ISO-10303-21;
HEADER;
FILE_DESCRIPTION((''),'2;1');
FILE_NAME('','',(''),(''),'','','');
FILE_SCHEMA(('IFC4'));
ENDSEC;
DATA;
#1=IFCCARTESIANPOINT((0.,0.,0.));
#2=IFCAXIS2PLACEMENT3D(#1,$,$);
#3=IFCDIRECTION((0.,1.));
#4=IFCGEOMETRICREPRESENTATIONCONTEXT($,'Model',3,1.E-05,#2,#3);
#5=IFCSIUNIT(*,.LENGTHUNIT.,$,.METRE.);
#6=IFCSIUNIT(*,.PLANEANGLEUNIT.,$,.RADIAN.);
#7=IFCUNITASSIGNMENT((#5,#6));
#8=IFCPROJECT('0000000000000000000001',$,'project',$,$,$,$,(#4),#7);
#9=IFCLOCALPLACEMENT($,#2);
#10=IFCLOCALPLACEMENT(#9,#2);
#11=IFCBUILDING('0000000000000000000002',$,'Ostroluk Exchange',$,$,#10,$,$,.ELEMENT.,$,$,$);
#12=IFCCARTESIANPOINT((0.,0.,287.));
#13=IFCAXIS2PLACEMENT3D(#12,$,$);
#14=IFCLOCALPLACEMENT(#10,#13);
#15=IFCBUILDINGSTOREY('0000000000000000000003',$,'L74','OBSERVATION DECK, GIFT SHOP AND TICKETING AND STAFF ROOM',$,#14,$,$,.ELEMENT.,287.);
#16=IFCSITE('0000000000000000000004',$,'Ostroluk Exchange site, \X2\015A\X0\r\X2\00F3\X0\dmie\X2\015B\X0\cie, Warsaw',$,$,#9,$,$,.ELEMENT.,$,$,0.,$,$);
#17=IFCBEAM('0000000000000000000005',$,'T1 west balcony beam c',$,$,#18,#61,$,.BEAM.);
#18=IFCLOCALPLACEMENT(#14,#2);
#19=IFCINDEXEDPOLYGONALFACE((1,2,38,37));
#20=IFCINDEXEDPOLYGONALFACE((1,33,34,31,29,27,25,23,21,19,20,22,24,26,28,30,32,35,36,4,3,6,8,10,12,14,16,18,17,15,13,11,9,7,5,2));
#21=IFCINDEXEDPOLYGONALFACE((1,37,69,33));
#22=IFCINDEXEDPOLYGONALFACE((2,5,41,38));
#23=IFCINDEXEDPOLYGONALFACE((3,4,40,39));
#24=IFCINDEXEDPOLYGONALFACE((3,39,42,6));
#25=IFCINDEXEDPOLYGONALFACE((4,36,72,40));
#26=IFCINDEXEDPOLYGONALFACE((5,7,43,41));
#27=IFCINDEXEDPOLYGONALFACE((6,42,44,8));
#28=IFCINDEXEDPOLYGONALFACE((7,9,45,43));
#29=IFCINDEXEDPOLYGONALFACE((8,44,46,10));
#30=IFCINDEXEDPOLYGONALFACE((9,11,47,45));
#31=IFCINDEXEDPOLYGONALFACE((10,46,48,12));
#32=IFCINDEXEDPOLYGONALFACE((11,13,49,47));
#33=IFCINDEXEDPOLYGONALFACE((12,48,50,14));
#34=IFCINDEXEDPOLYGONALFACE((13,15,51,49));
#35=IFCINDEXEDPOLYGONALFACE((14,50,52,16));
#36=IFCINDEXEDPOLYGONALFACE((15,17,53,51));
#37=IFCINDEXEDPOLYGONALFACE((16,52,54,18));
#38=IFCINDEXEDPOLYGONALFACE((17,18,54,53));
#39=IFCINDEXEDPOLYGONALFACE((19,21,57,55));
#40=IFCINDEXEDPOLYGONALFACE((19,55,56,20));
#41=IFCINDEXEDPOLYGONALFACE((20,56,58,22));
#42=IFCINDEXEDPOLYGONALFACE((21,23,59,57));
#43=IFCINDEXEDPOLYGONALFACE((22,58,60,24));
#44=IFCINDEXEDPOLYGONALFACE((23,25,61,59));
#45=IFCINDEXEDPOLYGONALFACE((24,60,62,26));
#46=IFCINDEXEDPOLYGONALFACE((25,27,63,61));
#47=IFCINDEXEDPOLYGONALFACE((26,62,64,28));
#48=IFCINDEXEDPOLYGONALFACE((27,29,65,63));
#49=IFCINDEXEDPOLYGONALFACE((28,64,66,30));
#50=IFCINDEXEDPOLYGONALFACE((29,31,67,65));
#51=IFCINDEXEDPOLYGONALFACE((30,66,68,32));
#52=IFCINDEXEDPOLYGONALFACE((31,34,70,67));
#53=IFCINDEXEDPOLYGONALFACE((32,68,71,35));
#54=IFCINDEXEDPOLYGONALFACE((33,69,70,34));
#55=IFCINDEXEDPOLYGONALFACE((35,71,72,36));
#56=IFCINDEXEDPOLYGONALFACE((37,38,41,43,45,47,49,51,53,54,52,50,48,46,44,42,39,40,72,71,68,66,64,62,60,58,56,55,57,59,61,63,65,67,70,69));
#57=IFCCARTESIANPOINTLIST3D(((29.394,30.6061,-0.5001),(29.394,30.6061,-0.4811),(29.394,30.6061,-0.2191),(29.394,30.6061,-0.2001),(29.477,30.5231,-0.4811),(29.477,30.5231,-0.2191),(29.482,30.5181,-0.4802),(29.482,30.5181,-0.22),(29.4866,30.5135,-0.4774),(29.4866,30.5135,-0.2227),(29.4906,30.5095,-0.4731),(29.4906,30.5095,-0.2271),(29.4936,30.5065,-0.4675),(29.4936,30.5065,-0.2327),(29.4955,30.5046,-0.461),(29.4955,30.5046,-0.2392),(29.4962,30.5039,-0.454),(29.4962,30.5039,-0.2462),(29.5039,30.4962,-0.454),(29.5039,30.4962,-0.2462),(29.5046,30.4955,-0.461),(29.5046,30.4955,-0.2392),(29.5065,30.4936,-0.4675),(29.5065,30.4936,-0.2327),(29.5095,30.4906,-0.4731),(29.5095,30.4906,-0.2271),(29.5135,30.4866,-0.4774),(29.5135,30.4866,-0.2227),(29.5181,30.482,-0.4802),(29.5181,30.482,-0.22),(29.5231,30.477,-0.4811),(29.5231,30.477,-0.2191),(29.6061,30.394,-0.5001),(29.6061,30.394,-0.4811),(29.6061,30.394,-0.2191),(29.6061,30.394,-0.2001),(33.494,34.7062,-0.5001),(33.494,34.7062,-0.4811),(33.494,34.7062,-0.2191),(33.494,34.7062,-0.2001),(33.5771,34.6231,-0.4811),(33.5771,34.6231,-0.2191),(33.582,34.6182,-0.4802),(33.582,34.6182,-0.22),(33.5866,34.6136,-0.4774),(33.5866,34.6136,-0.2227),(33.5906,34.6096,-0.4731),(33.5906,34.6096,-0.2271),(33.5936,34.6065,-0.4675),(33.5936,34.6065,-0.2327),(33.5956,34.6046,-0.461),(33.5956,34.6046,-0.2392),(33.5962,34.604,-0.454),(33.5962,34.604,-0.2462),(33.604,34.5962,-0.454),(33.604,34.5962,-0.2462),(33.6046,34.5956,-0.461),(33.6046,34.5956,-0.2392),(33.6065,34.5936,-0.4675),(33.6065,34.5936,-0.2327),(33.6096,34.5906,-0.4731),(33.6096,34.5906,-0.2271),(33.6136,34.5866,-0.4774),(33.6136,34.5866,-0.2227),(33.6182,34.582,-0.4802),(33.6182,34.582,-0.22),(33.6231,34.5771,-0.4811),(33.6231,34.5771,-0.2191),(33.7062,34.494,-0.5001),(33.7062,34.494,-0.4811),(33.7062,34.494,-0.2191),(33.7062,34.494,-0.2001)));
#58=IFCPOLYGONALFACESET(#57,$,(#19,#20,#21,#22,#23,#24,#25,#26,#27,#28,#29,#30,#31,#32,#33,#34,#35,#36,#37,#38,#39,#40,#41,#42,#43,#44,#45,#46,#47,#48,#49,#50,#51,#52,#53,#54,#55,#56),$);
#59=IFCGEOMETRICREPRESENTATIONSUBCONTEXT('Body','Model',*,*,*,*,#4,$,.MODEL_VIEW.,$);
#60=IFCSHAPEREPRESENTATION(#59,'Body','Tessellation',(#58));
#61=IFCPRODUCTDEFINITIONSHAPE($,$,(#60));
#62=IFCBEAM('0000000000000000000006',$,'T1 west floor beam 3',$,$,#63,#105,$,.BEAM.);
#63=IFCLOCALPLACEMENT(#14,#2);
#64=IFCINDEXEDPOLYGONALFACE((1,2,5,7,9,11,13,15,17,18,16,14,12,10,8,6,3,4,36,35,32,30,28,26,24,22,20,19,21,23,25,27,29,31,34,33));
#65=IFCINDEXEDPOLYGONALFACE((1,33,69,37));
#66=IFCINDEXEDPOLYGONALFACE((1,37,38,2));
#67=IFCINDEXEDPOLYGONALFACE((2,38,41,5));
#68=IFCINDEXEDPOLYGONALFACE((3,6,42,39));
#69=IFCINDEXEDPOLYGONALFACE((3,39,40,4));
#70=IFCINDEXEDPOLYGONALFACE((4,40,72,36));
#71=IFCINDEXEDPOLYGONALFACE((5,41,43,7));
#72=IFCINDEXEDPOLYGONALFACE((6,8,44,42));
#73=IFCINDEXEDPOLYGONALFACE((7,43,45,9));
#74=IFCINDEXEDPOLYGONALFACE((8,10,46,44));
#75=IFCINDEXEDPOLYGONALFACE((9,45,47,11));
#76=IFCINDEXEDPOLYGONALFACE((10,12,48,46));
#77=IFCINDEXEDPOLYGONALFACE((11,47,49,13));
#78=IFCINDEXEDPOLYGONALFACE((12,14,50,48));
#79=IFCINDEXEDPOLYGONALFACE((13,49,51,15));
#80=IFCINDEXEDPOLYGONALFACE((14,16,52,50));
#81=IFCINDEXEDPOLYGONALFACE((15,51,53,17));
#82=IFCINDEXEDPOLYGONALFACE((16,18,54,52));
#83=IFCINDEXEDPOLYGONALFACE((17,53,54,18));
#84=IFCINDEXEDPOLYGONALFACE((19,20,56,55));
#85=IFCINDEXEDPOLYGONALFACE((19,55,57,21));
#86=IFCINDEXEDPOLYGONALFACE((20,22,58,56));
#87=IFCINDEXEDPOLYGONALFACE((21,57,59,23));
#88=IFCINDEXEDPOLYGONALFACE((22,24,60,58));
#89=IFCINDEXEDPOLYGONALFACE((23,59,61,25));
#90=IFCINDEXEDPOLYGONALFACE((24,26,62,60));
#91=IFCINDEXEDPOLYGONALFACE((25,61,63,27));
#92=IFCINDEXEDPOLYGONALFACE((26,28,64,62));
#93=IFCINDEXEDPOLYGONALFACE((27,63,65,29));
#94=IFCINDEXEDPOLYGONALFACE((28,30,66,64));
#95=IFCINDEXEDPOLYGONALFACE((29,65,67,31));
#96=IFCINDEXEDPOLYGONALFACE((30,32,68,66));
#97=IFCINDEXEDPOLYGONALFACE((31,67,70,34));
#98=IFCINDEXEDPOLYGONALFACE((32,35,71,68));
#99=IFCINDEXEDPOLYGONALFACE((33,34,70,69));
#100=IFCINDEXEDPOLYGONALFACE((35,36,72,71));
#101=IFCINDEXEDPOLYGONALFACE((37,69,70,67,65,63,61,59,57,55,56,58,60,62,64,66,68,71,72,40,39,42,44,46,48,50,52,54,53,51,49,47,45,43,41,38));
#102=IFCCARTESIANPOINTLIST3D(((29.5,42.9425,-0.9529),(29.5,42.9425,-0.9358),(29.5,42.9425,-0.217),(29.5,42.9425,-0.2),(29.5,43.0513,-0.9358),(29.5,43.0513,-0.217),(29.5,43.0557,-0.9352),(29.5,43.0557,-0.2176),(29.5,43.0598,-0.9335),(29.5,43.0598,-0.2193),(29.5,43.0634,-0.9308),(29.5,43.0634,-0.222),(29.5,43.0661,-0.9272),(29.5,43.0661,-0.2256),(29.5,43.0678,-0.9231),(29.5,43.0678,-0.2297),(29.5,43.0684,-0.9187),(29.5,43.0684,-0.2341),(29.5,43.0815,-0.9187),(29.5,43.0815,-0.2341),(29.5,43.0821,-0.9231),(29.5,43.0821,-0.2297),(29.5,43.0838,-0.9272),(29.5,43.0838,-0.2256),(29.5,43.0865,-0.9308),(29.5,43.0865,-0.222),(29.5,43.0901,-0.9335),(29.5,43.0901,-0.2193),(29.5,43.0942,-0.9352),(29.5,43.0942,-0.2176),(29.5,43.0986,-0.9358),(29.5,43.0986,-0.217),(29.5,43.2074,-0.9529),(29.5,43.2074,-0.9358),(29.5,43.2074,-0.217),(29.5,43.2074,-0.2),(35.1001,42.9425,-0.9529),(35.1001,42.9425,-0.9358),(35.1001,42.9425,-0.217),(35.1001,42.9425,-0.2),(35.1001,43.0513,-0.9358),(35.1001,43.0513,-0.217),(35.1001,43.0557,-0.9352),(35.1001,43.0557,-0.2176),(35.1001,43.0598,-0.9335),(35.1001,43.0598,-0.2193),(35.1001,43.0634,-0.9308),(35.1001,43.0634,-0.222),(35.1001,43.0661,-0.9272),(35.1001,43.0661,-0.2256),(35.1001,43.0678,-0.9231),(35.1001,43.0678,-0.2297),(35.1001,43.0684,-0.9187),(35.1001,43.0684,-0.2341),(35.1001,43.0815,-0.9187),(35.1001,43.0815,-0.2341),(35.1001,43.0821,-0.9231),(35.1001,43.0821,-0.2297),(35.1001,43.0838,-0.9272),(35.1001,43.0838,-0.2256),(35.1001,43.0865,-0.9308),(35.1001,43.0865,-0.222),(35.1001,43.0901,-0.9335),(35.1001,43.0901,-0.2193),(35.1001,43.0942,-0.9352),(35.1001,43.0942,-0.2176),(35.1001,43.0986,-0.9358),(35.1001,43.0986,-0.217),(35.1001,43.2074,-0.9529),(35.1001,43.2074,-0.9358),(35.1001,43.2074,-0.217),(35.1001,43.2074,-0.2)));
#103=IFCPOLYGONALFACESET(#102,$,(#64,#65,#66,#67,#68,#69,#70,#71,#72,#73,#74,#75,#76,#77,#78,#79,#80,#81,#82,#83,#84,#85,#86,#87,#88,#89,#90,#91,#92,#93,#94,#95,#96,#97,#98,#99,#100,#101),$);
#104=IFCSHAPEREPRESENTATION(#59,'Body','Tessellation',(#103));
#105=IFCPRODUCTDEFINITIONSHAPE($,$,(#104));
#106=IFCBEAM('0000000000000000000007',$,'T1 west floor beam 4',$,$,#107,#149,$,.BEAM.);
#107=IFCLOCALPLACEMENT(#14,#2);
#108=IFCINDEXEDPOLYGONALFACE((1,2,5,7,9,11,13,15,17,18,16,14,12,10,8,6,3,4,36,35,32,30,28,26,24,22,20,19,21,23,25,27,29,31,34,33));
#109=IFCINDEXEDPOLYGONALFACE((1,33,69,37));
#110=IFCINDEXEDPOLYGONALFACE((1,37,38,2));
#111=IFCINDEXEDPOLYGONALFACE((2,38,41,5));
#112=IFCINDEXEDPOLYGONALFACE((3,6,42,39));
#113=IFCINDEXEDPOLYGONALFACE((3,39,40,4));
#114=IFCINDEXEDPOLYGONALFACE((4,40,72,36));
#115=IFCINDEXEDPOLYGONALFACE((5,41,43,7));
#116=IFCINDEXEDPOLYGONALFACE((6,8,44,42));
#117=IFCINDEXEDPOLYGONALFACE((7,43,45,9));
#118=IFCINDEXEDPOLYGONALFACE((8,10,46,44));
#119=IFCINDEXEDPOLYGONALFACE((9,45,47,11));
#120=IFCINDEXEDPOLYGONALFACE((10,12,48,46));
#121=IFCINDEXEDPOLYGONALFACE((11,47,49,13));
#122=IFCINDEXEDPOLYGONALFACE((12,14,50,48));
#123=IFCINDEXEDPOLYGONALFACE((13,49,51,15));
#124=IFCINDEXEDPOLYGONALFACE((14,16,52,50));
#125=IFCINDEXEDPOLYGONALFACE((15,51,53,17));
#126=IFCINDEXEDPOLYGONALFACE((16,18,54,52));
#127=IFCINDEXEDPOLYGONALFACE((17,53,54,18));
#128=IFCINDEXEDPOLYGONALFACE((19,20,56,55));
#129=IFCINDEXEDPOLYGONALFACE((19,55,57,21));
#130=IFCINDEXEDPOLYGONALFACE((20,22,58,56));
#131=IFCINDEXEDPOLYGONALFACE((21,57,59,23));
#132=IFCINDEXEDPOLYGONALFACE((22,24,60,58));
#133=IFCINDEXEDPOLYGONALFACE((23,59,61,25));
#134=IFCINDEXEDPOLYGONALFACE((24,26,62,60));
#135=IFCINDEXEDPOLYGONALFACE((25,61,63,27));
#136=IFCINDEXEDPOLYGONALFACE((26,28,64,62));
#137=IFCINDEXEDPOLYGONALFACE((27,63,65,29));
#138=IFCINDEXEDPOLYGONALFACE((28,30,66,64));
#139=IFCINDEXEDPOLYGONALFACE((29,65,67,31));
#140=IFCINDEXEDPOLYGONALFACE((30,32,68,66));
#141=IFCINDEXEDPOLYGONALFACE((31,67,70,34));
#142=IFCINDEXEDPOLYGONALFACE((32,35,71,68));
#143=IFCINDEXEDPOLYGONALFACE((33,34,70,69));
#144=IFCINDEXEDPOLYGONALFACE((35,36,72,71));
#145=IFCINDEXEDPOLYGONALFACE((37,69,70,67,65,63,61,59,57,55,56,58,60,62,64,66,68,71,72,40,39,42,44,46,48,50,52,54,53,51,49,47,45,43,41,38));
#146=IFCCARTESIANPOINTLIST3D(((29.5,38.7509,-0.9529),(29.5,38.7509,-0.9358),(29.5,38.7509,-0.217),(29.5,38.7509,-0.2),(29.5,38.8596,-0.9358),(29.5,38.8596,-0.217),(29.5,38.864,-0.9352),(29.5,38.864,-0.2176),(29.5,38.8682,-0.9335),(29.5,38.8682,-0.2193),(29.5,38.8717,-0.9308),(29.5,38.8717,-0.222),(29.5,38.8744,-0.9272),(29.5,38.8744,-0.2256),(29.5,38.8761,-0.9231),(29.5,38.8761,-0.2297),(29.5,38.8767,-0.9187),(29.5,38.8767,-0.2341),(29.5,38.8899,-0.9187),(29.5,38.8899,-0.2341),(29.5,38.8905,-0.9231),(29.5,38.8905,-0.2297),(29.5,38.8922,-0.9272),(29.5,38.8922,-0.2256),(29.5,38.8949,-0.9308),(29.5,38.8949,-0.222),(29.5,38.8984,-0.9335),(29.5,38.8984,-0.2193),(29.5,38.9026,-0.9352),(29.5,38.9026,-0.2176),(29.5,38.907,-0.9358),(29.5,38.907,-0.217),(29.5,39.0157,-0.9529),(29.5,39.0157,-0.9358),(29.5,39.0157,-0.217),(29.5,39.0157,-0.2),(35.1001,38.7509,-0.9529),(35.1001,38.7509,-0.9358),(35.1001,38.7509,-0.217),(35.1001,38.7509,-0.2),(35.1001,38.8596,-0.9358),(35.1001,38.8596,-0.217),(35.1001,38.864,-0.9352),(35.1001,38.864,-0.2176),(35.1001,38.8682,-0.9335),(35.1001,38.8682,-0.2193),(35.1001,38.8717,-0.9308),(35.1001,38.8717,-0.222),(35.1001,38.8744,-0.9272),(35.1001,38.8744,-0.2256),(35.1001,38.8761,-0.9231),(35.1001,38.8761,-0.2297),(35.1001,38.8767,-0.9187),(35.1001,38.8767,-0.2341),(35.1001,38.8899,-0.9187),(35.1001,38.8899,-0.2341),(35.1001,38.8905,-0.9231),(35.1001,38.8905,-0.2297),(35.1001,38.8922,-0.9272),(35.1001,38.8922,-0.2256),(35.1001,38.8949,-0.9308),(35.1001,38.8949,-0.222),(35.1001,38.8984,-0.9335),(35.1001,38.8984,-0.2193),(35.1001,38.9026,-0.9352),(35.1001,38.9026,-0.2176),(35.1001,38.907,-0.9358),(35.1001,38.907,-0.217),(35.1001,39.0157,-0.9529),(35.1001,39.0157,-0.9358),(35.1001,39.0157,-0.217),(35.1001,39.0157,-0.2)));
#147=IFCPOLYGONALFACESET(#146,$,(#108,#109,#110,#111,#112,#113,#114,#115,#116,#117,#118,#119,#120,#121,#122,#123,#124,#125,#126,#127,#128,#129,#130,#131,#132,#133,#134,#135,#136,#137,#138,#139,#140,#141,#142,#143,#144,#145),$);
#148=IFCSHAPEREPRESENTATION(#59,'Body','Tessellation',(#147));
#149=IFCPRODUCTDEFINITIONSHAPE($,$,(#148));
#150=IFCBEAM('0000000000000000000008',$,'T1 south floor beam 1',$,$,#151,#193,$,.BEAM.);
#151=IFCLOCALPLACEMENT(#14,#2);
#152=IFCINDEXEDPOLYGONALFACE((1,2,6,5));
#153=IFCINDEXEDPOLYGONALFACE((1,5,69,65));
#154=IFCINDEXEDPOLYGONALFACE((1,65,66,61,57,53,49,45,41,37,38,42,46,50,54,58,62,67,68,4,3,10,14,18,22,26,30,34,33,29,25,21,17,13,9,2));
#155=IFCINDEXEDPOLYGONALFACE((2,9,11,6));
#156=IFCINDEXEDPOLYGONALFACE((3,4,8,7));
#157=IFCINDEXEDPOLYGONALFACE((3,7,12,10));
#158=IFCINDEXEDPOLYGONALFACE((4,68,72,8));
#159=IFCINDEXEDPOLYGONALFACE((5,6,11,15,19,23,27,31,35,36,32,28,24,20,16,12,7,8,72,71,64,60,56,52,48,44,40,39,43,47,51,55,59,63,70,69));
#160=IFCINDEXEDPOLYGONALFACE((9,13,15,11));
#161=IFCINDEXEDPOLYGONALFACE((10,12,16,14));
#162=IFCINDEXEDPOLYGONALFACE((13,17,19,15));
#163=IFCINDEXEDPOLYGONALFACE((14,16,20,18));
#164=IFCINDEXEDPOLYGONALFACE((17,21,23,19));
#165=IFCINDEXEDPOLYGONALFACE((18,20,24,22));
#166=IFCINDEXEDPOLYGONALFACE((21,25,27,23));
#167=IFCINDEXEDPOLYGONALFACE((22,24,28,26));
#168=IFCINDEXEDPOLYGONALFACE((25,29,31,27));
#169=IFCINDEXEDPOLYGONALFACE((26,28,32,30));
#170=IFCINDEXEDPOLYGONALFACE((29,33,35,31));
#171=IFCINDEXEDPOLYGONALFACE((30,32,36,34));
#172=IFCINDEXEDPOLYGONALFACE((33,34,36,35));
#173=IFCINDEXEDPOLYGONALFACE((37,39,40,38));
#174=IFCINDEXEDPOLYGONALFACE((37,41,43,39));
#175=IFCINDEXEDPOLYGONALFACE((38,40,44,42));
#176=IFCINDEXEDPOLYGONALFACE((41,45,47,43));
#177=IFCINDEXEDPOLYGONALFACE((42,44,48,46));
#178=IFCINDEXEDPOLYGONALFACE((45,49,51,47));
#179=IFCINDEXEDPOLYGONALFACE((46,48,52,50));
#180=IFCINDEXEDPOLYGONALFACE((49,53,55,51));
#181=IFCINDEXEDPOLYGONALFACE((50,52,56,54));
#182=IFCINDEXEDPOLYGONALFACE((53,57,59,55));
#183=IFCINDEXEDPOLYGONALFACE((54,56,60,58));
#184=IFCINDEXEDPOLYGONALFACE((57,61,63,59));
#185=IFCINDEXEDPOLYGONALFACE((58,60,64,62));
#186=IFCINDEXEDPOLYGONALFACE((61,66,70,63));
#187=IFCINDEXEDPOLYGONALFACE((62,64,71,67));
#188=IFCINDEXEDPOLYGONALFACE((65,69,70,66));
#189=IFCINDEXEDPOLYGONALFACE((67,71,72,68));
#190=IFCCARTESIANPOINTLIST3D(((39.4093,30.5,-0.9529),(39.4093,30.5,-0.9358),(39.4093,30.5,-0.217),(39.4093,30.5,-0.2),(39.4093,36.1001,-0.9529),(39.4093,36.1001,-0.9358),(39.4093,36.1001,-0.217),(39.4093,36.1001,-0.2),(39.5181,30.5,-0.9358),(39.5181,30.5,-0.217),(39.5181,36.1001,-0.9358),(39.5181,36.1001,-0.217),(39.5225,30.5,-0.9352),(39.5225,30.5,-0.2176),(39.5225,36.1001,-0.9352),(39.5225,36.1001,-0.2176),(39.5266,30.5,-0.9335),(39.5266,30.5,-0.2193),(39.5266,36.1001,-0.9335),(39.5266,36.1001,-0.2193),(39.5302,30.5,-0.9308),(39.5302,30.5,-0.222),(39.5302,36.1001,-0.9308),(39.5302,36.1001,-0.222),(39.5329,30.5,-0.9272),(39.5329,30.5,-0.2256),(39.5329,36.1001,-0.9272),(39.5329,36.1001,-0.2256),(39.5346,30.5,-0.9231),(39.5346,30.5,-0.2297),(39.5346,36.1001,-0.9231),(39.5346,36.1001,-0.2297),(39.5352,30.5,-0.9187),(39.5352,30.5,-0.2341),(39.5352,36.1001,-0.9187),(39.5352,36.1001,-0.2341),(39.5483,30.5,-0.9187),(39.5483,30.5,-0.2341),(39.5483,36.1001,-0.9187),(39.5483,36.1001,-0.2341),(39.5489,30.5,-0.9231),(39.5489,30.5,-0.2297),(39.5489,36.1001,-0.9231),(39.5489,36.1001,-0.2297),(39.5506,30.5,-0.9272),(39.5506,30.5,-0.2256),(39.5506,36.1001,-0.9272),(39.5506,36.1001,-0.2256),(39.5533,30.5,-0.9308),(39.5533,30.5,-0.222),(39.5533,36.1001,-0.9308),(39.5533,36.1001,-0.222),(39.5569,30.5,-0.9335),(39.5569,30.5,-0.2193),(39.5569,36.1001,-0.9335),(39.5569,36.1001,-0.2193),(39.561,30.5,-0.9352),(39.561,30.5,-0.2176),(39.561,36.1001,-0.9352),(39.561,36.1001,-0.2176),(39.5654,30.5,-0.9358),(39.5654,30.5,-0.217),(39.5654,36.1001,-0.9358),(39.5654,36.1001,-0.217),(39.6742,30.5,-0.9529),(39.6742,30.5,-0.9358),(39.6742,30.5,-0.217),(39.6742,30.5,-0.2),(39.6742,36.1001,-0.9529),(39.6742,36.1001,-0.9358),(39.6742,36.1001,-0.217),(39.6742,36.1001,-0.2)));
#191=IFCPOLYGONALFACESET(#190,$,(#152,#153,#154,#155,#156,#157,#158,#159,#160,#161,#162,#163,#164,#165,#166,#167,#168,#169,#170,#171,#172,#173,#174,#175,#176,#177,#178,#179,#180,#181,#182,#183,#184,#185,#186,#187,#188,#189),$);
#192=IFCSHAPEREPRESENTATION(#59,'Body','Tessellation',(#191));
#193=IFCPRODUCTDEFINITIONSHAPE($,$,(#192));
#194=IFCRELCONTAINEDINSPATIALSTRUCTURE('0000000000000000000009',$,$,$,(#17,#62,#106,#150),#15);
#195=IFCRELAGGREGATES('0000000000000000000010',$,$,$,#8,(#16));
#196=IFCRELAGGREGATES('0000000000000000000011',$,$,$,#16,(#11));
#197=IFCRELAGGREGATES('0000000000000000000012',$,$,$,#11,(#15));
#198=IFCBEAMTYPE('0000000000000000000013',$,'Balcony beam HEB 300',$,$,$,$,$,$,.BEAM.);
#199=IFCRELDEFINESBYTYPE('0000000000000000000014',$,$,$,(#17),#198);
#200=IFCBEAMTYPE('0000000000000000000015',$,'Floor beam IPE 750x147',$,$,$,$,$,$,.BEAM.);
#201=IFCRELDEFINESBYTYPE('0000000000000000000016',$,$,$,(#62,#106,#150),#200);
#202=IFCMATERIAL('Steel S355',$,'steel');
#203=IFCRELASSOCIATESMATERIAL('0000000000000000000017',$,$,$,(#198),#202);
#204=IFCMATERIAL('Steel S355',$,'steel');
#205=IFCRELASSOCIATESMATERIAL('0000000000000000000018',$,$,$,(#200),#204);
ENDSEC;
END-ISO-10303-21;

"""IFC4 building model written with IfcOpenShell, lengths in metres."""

from ifc_helpers import new_model, si_unit, direction, frame, origin, origin_2d, place, context, subcontext, project, spatial, i_section, extrude, material, material_profile, profile_set, type_object, element, save


model = new_model("IFC4")

# Units and contexts
model_context = context("Model", 3, precision=1e-05, world=origin(), true_north=direction((0.0, 1.0)))
body_context = subcontext(model_context, "Body", "Model", "MODEL_VIEW")
ifc_project = project(units=[si_unit("LENGTHUNIT", "METRE"), si_unit("PLANEANGLEUNIT", "RADIAN")], contexts=[model_context])

# Site, building, storey
site_placement = place(None, origin())
site = spatial("IfcSite", under=ifc_project, at=site_placement, Name="Ostroluk Exchange site, Śródmieście, Warsaw", CompositionType="ELEMENT", RefElevation=0.0)
building_placement = place(site_placement, origin())
building = spatial("IfcBuilding", under=site, at=building_placement, Name="Ostroluk Exchange", CompositionType="ELEMENT")
storey_placement = place(building_placement, frame((0.0, 0.0, 287.0)))
storey = spatial("IfcBuildingStorey", under=building, at=storey_placement, Name="L74", Description="OBSERVATION DECK, GIFT SHOP AND TICKETING AND STAFF ROOM", CompositionType="ELEMENT", Elevation=287.0)

# Beams
ifc_material_1 = material(Name="Steel S355", Category="steel")
ifc_material_profile_1 = material_profile(ifc_material_1, i_section(OverallWidth=0.3, OverallDepth=0.3, WebThickness=0.011, FlangeThickness=0.019, FilletRadius=0.0271, at=origin_2d()), Name="HEB 300")
ifc_profile_set_1 = profile_set([ifc_material_profile_1], Name="Steel S355")
beam_type_1 = type_object("IfcBeamType", Name="Balcony beam HEB 300", PredefinedType="BEAM", material=ifc_profile_set_1)
beam_1_placement = place(storey_placement, frame((33.6001, 34.6001, -0.3501), z_axis=(-0.707107, -0.707107, 0.0), x_axis=(0.707107, -0.707107, 0.0)))
element("IfcBeam", 1, at=beam_1_placement, inside=storey, type_object=beam_type_1, Name="T1 west balcony beam c", PredefinedType="BEAM", context=body_context, shape_type="SweptSolid", body=[
    extrude(i_section(OverallWidth=0.3, OverallDepth=0.3, WebThickness=0.011, FlangeThickness=0.019, FilletRadius=0.0271, at=origin_2d()), origin(), (0.0, 0.0, 1.0), 5.7983),
])
ifc_material_2 = material(Name="Steel S355", Category="steel")
ifc_material_profile_2 = material_profile(ifc_material_2, i_section(OverallWidth=0.2649, OverallDepth=0.7529, WebThickness=0.0132, FlangeThickness=0.0171, FilletRadius=0.0171, at=origin_2d()), Name="IPE 750x147")
ifc_profile_set_2 = profile_set([ifc_material_profile_2], Name="Steel S355")
beam_type_2 = type_object("IfcBeamType", Name="Floor beam IPE 750x147", PredefinedType="BEAM", material=ifc_profile_set_2)
for number, where, z_axis, x_axis, name in (
    (2, (35.1001, 43.075, -0.5764), (-1.0, 0.0, 0.0), (0.0, -1.0, 0.0), "T1 west floor beam 3"),
    (3, (35.1001, 38.8833, -0.5764), (-1.0, 0.0, 0.0), (0.0, -1.0, 0.0), "T1 west floor beam 4"),
    (4, (39.5417, 36.1001, -0.5764), (0.0, -1.0, 0.0), (1.0, 0.0, 0.0), "T1 south floor beam 1"),
):
    element("IfcBeam", number, at=place(storey_placement, frame(where, z_axis=z_axis, x_axis=x_axis)), inside=storey, type_object=beam_type_2, Name=name, PredefinedType="BEAM", context=body_context, shape_type="SweptSolid", body=[
        extrude(i_section(OverallWidth=0.2649, OverallDepth=0.7529, WebThickness=0.0132, FlangeThickness=0.0171, FilletRadius=0.0171, at=origin_2d()), origin(), (0.0, 0.0, 1.0), 5.6001),
    ])

save(model, "model.ifc")
